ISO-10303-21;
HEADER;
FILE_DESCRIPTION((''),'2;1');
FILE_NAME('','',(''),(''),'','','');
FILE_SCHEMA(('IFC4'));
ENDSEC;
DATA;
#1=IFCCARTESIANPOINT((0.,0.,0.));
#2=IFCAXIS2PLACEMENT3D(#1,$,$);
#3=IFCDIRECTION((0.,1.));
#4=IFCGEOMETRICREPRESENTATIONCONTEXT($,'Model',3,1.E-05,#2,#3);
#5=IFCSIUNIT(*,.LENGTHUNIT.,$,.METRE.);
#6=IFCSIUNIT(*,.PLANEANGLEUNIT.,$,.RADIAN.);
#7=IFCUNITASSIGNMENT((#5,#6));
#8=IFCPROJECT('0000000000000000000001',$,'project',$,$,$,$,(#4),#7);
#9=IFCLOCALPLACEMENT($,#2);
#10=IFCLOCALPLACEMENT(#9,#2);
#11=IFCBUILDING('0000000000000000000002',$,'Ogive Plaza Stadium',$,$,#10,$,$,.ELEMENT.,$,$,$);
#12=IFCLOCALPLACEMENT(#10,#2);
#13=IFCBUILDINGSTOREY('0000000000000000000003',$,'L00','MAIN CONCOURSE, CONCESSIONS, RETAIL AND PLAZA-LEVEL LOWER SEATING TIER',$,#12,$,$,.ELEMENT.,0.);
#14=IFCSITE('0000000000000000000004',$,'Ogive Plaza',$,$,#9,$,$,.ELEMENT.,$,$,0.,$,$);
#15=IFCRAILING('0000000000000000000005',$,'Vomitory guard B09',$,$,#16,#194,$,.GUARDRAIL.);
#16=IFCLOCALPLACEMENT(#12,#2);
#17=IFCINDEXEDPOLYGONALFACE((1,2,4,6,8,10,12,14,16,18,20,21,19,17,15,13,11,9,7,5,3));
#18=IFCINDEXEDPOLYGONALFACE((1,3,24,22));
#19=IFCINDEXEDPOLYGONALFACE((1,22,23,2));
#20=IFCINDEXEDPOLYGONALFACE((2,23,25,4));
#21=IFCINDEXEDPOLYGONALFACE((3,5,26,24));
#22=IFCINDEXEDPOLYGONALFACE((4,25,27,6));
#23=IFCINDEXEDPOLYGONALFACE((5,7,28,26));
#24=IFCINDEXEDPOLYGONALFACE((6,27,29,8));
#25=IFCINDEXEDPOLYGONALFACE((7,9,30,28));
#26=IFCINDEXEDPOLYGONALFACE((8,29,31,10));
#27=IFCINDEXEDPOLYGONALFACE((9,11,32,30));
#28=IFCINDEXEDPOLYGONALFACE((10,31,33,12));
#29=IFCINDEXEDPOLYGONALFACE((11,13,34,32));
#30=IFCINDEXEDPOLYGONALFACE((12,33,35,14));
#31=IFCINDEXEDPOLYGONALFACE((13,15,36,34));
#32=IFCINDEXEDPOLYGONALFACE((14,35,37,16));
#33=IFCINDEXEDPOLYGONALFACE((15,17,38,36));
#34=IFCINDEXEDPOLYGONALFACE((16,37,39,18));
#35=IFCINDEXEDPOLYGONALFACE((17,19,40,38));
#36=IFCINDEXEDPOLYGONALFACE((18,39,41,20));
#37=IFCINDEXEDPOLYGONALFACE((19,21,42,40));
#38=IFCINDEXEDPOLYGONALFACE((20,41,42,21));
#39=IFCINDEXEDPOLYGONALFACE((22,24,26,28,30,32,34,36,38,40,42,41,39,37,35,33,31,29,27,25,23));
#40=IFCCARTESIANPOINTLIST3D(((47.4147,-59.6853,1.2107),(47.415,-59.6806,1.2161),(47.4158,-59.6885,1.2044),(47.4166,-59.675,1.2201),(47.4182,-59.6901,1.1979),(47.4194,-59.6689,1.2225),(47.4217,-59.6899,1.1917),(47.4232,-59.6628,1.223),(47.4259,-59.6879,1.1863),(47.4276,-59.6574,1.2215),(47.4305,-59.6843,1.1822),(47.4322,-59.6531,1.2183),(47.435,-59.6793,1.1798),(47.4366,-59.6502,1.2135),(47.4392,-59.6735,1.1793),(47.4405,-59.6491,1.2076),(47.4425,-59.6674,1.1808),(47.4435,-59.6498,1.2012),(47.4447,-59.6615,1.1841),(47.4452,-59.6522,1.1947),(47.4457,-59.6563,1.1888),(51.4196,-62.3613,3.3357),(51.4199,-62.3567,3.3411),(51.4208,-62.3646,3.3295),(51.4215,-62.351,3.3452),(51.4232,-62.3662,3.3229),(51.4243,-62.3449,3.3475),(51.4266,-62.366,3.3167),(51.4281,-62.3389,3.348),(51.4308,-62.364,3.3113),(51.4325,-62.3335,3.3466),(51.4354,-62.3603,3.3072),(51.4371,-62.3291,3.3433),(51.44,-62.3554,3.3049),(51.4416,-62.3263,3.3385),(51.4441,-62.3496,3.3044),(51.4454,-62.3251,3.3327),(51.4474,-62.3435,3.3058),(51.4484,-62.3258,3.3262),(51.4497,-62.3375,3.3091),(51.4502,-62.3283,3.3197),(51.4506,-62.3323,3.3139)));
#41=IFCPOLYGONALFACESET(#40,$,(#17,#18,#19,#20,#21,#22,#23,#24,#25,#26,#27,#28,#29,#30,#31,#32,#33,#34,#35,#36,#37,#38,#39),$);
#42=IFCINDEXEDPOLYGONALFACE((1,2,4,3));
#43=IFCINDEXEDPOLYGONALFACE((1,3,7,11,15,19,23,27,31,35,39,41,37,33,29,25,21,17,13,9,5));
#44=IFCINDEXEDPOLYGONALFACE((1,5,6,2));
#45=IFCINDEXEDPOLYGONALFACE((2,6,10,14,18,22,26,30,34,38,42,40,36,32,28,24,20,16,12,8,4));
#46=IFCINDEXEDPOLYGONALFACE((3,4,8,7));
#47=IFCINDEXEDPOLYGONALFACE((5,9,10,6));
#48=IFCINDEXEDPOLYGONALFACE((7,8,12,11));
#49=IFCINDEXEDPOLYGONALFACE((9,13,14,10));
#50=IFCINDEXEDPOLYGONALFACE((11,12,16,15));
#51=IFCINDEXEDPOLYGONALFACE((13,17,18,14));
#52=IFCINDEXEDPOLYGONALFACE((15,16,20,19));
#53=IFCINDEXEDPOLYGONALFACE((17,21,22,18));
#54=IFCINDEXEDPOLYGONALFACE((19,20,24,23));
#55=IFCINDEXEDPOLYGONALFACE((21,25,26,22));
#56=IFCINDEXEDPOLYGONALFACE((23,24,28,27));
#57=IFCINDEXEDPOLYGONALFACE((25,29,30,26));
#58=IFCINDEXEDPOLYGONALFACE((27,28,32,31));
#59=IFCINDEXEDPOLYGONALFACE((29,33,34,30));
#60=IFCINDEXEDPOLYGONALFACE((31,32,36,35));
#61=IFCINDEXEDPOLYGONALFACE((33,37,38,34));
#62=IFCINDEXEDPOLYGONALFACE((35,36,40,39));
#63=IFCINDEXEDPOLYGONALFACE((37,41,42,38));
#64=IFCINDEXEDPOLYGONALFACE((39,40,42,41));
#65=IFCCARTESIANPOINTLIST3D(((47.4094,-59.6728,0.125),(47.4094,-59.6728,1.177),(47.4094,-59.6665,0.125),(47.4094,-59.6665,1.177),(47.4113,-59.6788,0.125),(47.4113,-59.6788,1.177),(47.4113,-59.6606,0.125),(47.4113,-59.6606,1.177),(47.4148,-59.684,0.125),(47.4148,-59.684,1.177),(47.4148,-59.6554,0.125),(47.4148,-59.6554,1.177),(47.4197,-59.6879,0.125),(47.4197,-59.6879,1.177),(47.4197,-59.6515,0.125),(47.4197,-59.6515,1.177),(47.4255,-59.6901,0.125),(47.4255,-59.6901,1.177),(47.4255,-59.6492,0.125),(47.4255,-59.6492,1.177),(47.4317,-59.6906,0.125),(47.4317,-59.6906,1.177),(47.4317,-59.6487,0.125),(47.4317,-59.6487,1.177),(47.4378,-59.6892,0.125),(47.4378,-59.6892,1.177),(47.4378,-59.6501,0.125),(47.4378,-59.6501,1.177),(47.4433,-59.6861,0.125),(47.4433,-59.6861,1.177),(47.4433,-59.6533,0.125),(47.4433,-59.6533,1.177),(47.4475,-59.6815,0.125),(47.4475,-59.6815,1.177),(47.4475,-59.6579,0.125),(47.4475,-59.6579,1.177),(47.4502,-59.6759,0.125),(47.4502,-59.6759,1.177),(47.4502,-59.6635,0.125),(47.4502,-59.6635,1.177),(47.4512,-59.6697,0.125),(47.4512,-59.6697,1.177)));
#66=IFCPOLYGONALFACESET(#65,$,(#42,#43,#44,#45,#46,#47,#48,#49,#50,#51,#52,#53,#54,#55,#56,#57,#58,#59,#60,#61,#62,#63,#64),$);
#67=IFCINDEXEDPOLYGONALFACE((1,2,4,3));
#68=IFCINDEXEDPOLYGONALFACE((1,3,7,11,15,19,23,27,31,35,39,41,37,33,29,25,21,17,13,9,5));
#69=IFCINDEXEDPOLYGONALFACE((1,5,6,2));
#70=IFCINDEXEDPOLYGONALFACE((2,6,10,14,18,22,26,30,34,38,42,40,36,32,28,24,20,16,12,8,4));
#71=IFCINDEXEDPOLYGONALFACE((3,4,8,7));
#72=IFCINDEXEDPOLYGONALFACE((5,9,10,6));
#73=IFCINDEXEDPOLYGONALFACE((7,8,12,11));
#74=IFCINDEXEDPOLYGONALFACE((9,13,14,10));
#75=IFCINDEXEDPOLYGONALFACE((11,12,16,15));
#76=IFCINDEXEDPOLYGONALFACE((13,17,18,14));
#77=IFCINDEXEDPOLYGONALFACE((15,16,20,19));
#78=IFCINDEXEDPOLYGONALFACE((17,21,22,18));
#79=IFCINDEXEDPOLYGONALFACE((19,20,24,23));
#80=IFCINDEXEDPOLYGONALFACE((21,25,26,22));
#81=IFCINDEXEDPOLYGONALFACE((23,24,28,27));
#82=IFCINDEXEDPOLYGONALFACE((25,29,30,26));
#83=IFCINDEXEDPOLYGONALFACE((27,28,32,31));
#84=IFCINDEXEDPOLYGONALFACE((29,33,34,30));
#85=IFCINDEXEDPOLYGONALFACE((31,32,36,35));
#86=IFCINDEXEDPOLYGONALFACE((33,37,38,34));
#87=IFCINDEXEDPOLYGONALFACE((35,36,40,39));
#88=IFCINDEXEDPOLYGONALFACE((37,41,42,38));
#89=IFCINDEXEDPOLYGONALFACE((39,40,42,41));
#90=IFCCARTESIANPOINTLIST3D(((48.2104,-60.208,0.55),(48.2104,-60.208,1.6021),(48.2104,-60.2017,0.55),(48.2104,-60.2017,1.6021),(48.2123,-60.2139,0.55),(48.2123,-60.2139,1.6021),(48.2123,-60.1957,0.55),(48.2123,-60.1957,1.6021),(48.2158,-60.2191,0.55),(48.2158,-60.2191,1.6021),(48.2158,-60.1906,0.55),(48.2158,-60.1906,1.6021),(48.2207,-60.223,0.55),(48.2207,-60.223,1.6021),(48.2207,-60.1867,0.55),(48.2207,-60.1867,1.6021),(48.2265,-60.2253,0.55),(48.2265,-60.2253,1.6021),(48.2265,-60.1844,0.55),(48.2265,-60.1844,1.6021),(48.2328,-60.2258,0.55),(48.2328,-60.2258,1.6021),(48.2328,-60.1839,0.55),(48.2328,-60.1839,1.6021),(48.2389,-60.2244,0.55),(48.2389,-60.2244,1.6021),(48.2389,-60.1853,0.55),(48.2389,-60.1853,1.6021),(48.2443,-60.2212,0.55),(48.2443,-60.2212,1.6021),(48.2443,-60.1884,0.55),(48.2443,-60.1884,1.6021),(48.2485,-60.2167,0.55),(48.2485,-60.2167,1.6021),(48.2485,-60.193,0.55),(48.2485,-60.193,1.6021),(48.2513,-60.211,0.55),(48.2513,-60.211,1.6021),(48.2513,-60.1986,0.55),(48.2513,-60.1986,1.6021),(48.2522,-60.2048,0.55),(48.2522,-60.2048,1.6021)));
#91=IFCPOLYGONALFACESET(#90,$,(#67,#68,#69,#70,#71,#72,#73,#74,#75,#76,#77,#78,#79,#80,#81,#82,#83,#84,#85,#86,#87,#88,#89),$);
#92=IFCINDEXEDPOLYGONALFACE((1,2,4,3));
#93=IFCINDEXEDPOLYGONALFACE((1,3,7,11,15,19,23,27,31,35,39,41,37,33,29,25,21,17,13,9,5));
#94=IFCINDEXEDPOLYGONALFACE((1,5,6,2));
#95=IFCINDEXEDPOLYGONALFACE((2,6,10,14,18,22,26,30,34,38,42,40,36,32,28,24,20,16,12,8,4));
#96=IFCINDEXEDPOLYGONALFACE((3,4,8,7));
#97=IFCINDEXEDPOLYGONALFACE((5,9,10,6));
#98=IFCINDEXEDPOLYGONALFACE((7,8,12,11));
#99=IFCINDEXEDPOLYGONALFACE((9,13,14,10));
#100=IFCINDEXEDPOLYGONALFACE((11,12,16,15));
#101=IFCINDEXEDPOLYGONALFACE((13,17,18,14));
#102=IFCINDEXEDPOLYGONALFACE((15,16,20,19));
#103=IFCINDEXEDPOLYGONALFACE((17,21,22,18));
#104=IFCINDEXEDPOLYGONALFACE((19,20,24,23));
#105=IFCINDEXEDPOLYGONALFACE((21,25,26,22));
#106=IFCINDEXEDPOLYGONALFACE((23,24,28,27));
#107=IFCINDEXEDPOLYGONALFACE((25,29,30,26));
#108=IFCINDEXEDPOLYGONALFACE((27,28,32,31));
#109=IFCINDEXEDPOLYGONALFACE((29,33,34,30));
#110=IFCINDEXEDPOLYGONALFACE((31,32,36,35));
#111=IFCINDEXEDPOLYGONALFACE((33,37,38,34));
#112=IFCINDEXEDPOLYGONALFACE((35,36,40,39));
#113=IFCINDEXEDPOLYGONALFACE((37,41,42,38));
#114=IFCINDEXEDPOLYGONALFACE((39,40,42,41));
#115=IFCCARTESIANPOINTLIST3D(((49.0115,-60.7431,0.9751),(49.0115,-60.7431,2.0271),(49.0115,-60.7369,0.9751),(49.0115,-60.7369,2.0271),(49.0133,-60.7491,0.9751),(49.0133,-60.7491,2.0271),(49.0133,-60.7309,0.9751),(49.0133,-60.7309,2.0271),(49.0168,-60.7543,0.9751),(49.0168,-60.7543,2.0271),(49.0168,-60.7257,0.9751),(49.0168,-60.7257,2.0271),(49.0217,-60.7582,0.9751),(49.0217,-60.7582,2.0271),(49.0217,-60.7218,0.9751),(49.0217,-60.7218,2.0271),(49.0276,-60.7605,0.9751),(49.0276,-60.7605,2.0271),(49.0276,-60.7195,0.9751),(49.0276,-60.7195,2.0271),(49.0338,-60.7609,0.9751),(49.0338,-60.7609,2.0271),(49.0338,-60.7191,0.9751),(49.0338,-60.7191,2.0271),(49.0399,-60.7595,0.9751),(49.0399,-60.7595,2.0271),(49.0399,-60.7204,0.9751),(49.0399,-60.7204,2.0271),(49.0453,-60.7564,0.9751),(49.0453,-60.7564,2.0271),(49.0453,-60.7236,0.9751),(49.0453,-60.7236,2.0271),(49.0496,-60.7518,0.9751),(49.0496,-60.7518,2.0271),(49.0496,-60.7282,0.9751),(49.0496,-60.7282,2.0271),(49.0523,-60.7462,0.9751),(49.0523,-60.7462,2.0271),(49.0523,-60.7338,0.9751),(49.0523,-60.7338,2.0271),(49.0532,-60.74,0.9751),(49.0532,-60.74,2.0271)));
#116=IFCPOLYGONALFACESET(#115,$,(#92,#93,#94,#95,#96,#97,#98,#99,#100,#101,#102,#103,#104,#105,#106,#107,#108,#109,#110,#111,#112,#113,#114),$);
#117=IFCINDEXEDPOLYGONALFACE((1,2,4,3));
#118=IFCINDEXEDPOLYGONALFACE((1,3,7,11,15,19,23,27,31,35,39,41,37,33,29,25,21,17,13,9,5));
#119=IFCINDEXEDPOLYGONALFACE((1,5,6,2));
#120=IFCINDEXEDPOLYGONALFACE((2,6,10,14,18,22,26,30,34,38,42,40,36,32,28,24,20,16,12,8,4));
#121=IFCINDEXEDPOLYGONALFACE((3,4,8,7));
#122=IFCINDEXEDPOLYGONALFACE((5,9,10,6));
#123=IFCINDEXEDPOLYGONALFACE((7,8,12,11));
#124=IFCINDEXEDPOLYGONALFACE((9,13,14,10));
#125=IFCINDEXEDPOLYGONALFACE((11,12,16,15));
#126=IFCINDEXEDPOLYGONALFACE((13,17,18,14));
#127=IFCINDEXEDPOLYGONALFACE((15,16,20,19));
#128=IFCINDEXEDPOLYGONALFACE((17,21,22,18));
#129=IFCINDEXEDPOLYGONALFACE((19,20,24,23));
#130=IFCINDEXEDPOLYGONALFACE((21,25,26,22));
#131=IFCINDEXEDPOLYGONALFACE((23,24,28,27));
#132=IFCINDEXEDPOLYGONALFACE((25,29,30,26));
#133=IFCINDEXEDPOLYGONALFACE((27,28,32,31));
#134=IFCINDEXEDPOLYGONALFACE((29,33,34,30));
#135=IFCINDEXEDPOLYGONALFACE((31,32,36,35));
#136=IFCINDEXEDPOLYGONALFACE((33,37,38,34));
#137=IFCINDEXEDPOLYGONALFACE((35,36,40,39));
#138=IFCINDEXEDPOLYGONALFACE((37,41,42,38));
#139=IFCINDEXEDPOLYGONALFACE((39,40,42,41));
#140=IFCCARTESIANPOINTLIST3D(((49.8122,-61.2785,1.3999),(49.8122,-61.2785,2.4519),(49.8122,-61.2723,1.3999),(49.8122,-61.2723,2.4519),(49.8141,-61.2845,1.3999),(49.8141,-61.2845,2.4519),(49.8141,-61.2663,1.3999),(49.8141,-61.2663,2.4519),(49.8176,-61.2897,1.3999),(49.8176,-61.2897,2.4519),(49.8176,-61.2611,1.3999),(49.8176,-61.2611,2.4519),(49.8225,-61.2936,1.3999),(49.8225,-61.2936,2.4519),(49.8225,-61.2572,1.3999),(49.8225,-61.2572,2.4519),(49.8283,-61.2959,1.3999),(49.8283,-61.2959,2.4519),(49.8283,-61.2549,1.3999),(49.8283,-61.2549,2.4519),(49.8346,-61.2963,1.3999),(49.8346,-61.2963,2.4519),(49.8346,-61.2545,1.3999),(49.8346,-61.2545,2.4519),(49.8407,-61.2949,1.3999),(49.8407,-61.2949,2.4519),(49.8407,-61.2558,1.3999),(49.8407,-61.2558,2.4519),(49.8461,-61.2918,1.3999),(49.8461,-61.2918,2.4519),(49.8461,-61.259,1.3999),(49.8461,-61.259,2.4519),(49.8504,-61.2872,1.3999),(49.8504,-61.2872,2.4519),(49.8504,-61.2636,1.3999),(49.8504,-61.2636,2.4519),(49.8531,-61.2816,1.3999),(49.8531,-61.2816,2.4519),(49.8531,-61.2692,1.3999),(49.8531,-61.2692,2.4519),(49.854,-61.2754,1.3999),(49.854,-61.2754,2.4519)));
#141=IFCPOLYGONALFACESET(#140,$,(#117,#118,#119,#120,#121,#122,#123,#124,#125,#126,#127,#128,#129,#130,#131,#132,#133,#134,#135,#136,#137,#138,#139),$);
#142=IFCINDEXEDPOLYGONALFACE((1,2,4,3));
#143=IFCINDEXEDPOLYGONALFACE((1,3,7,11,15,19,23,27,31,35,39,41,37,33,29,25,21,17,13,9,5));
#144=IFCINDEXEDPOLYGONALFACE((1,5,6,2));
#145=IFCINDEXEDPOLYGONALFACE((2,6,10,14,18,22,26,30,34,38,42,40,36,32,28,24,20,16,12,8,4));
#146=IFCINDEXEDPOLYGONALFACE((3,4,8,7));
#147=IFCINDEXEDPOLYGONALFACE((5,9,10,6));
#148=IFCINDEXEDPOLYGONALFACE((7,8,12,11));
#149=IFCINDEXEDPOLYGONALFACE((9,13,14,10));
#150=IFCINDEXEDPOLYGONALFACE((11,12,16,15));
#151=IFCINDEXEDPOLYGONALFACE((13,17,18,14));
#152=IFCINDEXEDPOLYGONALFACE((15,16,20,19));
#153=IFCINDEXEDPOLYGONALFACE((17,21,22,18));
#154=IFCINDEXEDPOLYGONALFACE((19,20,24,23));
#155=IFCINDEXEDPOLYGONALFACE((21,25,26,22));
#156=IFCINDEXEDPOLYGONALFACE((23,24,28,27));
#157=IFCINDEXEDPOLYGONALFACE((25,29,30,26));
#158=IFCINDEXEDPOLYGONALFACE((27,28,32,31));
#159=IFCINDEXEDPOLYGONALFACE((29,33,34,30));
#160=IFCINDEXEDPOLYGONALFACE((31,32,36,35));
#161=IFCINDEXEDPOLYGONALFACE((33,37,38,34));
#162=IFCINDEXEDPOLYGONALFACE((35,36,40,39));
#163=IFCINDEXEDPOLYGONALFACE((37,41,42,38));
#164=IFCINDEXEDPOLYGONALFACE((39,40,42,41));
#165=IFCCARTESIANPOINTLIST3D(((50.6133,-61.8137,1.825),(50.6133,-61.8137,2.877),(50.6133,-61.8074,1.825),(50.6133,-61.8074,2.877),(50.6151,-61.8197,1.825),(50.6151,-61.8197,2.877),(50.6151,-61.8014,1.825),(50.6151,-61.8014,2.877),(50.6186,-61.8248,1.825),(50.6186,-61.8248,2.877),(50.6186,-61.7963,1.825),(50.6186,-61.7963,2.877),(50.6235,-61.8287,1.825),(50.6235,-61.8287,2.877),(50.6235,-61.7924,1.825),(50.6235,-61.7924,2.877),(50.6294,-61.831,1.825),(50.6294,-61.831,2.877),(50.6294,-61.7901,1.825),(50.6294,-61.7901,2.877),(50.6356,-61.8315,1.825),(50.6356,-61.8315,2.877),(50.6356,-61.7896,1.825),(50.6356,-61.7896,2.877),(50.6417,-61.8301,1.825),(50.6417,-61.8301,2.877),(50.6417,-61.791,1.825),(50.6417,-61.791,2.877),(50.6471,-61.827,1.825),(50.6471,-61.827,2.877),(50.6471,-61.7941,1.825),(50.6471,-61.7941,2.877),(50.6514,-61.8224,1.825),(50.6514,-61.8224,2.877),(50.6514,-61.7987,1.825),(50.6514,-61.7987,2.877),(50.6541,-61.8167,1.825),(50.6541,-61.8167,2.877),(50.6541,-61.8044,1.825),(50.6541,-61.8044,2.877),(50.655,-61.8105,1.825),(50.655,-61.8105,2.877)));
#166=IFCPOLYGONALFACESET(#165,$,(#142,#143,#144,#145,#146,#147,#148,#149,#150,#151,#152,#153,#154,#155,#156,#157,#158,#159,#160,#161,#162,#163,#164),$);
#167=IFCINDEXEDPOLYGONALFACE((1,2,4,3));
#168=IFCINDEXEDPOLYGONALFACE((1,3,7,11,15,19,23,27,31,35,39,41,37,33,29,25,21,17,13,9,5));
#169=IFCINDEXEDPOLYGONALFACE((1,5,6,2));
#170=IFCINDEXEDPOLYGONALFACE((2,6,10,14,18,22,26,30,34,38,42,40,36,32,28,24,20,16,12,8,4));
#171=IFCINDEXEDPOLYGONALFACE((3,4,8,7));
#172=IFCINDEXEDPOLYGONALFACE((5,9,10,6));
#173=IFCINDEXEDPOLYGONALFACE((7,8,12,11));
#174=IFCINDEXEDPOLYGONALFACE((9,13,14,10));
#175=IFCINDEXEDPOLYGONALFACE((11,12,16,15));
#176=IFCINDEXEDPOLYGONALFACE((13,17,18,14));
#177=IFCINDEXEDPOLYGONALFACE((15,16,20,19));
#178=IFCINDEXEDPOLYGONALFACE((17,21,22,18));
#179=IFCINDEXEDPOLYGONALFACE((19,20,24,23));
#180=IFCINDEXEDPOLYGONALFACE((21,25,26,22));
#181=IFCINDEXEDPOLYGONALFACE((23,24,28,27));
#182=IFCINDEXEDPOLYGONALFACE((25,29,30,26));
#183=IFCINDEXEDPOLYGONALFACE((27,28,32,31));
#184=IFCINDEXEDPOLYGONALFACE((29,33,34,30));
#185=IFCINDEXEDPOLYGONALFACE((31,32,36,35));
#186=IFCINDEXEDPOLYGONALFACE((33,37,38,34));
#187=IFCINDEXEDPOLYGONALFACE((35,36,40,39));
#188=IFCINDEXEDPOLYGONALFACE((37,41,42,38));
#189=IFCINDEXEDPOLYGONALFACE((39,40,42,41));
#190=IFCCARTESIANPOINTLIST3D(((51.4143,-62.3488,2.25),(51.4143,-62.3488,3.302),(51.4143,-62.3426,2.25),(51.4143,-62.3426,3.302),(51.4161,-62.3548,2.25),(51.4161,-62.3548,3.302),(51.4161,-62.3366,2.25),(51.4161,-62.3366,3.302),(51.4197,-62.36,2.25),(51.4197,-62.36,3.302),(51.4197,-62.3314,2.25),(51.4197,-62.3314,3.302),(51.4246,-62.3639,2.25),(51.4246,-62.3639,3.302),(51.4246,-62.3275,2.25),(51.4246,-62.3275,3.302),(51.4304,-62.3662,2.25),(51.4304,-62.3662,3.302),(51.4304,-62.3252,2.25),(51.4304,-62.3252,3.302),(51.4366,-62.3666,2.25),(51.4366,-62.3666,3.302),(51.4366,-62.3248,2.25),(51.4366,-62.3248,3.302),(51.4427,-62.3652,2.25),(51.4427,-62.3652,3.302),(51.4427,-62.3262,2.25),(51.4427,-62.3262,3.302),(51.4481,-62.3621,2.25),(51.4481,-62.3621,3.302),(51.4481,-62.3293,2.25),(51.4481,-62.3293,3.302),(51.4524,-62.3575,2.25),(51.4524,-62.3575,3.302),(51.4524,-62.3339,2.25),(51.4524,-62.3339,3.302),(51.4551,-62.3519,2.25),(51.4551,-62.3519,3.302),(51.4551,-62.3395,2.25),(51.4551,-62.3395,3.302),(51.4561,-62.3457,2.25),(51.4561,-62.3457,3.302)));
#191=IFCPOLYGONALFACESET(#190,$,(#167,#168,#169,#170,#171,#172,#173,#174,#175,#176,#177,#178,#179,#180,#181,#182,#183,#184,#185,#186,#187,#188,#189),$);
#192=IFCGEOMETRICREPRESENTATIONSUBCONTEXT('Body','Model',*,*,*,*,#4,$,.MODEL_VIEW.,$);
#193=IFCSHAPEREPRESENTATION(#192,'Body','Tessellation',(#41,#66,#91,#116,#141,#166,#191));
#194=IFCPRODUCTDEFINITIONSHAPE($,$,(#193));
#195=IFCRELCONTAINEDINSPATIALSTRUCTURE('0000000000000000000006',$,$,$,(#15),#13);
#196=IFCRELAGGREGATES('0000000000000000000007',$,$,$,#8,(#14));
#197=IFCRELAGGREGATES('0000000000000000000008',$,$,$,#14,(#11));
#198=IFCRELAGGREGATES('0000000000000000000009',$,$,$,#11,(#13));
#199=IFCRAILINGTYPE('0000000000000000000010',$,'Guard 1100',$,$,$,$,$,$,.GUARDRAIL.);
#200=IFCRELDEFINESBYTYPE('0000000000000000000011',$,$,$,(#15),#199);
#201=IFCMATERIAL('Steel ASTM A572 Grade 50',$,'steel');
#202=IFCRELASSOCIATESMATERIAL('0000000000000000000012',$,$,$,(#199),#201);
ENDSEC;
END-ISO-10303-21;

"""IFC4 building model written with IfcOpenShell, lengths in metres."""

from ifc_helpers import new_model, si_unit, direction, frame, origin, origin_2d, place, context, subcontext, project, spatial, circle, extrude, material, type_object, element, save


model = new_model("IFC4")

# Units and contexts
model_context = context("Model", 3, precision=1e-05, world=origin(), true_north=direction((0.0, 1.0)))
body_context = subcontext(model_context, "Body", "Model", "MODEL_VIEW")
ifc_project = project(units=[si_unit("LENGTHUNIT", "METRE"), si_unit("PLANEANGLEUNIT", "RADIAN")], contexts=[model_context])

# Site, building, storey
site_placement = place(None, origin())
site = spatial("IfcSite", under=ifc_project, at=site_placement, Name="Ogive Plaza", CompositionType="ELEMENT", RefElevation=0.0)
building_placement = place(site_placement, origin())
building = spatial("IfcBuilding", under=site, at=building_placement, Name="Ogive Plaza Stadium", CompositionType="ELEMENT")
storey_placement = place(building_placement, origin())
storey = spatial("IfcBuildingStorey", under=building, at=storey_placement, Name="L00", Description="MAIN CONCOURSE, CONCESSIONS, RETAIL AND PLAZA-LEVEL LOWER SEATING TIER", CompositionType="ELEMENT", Elevation=0.0)

# Railing
ifc_material_1 = material(Name="Steel ASTM A572 Grade 50", Category="steel")
railing_type = type_object("IfcRailingType", Name="Guard 1100", PredefinedType="GUARDRAIL", material=ifc_material_1)
for number, where, name in (
    (1, (47.4302, -59.6697, 0.125), "Vomitory guard B09"),
):
    element("IfcRailing", number, at=place(storey_placement, frame(where)), inside=storey, type_object=railing_type, Name=name, PredefinedType="GUARDRAIL", context=body_context, shape_type="SweptSolid", body=[
        extrude(circle(Radius=0.0239, at=origin_2d()), frame((0.0, 0.0, 1.0762), z_axis=(0.760722, -0.508307, 0.403641), x_axis=(0.555577, 0.831465, 0.0)), (0.0, 0.0, 1.0), 5.2646),
        extrude(circle(Radius=0.021, at=origin_2d()), origin(), (0.0, 0.0, 1.0), 1.052),
        extrude(circle(Radius=0.021, at=origin_2d()), frame((0.801, -0.5352, 0.425)), (0.0, 0.0, 1.0), 1.052),
        extrude(circle(Radius=0.021, at=origin_2d()), frame((1.6021, -1.0703, 0.8501)), (0.0, 0.0, 1.0), 1.052),
        extrude(circle(Radius=0.021, at=origin_2d()), frame((2.4028, -1.6057, 1.2749)), (0.0, 0.0, 1.0), 1.052),
        extrude(circle(Radius=0.021, at=origin_2d()), frame((3.2039, -2.1409, 1.7)), (0.0, 0.0, 1.0), 1.052),
        extrude(circle(Radius=0.021, at=origin_2d()), frame((4.0049, -2.676, 2.125)), (0.0, 0.0, 1.0), 1.052),
    ])

save(model, "model.ifc")
